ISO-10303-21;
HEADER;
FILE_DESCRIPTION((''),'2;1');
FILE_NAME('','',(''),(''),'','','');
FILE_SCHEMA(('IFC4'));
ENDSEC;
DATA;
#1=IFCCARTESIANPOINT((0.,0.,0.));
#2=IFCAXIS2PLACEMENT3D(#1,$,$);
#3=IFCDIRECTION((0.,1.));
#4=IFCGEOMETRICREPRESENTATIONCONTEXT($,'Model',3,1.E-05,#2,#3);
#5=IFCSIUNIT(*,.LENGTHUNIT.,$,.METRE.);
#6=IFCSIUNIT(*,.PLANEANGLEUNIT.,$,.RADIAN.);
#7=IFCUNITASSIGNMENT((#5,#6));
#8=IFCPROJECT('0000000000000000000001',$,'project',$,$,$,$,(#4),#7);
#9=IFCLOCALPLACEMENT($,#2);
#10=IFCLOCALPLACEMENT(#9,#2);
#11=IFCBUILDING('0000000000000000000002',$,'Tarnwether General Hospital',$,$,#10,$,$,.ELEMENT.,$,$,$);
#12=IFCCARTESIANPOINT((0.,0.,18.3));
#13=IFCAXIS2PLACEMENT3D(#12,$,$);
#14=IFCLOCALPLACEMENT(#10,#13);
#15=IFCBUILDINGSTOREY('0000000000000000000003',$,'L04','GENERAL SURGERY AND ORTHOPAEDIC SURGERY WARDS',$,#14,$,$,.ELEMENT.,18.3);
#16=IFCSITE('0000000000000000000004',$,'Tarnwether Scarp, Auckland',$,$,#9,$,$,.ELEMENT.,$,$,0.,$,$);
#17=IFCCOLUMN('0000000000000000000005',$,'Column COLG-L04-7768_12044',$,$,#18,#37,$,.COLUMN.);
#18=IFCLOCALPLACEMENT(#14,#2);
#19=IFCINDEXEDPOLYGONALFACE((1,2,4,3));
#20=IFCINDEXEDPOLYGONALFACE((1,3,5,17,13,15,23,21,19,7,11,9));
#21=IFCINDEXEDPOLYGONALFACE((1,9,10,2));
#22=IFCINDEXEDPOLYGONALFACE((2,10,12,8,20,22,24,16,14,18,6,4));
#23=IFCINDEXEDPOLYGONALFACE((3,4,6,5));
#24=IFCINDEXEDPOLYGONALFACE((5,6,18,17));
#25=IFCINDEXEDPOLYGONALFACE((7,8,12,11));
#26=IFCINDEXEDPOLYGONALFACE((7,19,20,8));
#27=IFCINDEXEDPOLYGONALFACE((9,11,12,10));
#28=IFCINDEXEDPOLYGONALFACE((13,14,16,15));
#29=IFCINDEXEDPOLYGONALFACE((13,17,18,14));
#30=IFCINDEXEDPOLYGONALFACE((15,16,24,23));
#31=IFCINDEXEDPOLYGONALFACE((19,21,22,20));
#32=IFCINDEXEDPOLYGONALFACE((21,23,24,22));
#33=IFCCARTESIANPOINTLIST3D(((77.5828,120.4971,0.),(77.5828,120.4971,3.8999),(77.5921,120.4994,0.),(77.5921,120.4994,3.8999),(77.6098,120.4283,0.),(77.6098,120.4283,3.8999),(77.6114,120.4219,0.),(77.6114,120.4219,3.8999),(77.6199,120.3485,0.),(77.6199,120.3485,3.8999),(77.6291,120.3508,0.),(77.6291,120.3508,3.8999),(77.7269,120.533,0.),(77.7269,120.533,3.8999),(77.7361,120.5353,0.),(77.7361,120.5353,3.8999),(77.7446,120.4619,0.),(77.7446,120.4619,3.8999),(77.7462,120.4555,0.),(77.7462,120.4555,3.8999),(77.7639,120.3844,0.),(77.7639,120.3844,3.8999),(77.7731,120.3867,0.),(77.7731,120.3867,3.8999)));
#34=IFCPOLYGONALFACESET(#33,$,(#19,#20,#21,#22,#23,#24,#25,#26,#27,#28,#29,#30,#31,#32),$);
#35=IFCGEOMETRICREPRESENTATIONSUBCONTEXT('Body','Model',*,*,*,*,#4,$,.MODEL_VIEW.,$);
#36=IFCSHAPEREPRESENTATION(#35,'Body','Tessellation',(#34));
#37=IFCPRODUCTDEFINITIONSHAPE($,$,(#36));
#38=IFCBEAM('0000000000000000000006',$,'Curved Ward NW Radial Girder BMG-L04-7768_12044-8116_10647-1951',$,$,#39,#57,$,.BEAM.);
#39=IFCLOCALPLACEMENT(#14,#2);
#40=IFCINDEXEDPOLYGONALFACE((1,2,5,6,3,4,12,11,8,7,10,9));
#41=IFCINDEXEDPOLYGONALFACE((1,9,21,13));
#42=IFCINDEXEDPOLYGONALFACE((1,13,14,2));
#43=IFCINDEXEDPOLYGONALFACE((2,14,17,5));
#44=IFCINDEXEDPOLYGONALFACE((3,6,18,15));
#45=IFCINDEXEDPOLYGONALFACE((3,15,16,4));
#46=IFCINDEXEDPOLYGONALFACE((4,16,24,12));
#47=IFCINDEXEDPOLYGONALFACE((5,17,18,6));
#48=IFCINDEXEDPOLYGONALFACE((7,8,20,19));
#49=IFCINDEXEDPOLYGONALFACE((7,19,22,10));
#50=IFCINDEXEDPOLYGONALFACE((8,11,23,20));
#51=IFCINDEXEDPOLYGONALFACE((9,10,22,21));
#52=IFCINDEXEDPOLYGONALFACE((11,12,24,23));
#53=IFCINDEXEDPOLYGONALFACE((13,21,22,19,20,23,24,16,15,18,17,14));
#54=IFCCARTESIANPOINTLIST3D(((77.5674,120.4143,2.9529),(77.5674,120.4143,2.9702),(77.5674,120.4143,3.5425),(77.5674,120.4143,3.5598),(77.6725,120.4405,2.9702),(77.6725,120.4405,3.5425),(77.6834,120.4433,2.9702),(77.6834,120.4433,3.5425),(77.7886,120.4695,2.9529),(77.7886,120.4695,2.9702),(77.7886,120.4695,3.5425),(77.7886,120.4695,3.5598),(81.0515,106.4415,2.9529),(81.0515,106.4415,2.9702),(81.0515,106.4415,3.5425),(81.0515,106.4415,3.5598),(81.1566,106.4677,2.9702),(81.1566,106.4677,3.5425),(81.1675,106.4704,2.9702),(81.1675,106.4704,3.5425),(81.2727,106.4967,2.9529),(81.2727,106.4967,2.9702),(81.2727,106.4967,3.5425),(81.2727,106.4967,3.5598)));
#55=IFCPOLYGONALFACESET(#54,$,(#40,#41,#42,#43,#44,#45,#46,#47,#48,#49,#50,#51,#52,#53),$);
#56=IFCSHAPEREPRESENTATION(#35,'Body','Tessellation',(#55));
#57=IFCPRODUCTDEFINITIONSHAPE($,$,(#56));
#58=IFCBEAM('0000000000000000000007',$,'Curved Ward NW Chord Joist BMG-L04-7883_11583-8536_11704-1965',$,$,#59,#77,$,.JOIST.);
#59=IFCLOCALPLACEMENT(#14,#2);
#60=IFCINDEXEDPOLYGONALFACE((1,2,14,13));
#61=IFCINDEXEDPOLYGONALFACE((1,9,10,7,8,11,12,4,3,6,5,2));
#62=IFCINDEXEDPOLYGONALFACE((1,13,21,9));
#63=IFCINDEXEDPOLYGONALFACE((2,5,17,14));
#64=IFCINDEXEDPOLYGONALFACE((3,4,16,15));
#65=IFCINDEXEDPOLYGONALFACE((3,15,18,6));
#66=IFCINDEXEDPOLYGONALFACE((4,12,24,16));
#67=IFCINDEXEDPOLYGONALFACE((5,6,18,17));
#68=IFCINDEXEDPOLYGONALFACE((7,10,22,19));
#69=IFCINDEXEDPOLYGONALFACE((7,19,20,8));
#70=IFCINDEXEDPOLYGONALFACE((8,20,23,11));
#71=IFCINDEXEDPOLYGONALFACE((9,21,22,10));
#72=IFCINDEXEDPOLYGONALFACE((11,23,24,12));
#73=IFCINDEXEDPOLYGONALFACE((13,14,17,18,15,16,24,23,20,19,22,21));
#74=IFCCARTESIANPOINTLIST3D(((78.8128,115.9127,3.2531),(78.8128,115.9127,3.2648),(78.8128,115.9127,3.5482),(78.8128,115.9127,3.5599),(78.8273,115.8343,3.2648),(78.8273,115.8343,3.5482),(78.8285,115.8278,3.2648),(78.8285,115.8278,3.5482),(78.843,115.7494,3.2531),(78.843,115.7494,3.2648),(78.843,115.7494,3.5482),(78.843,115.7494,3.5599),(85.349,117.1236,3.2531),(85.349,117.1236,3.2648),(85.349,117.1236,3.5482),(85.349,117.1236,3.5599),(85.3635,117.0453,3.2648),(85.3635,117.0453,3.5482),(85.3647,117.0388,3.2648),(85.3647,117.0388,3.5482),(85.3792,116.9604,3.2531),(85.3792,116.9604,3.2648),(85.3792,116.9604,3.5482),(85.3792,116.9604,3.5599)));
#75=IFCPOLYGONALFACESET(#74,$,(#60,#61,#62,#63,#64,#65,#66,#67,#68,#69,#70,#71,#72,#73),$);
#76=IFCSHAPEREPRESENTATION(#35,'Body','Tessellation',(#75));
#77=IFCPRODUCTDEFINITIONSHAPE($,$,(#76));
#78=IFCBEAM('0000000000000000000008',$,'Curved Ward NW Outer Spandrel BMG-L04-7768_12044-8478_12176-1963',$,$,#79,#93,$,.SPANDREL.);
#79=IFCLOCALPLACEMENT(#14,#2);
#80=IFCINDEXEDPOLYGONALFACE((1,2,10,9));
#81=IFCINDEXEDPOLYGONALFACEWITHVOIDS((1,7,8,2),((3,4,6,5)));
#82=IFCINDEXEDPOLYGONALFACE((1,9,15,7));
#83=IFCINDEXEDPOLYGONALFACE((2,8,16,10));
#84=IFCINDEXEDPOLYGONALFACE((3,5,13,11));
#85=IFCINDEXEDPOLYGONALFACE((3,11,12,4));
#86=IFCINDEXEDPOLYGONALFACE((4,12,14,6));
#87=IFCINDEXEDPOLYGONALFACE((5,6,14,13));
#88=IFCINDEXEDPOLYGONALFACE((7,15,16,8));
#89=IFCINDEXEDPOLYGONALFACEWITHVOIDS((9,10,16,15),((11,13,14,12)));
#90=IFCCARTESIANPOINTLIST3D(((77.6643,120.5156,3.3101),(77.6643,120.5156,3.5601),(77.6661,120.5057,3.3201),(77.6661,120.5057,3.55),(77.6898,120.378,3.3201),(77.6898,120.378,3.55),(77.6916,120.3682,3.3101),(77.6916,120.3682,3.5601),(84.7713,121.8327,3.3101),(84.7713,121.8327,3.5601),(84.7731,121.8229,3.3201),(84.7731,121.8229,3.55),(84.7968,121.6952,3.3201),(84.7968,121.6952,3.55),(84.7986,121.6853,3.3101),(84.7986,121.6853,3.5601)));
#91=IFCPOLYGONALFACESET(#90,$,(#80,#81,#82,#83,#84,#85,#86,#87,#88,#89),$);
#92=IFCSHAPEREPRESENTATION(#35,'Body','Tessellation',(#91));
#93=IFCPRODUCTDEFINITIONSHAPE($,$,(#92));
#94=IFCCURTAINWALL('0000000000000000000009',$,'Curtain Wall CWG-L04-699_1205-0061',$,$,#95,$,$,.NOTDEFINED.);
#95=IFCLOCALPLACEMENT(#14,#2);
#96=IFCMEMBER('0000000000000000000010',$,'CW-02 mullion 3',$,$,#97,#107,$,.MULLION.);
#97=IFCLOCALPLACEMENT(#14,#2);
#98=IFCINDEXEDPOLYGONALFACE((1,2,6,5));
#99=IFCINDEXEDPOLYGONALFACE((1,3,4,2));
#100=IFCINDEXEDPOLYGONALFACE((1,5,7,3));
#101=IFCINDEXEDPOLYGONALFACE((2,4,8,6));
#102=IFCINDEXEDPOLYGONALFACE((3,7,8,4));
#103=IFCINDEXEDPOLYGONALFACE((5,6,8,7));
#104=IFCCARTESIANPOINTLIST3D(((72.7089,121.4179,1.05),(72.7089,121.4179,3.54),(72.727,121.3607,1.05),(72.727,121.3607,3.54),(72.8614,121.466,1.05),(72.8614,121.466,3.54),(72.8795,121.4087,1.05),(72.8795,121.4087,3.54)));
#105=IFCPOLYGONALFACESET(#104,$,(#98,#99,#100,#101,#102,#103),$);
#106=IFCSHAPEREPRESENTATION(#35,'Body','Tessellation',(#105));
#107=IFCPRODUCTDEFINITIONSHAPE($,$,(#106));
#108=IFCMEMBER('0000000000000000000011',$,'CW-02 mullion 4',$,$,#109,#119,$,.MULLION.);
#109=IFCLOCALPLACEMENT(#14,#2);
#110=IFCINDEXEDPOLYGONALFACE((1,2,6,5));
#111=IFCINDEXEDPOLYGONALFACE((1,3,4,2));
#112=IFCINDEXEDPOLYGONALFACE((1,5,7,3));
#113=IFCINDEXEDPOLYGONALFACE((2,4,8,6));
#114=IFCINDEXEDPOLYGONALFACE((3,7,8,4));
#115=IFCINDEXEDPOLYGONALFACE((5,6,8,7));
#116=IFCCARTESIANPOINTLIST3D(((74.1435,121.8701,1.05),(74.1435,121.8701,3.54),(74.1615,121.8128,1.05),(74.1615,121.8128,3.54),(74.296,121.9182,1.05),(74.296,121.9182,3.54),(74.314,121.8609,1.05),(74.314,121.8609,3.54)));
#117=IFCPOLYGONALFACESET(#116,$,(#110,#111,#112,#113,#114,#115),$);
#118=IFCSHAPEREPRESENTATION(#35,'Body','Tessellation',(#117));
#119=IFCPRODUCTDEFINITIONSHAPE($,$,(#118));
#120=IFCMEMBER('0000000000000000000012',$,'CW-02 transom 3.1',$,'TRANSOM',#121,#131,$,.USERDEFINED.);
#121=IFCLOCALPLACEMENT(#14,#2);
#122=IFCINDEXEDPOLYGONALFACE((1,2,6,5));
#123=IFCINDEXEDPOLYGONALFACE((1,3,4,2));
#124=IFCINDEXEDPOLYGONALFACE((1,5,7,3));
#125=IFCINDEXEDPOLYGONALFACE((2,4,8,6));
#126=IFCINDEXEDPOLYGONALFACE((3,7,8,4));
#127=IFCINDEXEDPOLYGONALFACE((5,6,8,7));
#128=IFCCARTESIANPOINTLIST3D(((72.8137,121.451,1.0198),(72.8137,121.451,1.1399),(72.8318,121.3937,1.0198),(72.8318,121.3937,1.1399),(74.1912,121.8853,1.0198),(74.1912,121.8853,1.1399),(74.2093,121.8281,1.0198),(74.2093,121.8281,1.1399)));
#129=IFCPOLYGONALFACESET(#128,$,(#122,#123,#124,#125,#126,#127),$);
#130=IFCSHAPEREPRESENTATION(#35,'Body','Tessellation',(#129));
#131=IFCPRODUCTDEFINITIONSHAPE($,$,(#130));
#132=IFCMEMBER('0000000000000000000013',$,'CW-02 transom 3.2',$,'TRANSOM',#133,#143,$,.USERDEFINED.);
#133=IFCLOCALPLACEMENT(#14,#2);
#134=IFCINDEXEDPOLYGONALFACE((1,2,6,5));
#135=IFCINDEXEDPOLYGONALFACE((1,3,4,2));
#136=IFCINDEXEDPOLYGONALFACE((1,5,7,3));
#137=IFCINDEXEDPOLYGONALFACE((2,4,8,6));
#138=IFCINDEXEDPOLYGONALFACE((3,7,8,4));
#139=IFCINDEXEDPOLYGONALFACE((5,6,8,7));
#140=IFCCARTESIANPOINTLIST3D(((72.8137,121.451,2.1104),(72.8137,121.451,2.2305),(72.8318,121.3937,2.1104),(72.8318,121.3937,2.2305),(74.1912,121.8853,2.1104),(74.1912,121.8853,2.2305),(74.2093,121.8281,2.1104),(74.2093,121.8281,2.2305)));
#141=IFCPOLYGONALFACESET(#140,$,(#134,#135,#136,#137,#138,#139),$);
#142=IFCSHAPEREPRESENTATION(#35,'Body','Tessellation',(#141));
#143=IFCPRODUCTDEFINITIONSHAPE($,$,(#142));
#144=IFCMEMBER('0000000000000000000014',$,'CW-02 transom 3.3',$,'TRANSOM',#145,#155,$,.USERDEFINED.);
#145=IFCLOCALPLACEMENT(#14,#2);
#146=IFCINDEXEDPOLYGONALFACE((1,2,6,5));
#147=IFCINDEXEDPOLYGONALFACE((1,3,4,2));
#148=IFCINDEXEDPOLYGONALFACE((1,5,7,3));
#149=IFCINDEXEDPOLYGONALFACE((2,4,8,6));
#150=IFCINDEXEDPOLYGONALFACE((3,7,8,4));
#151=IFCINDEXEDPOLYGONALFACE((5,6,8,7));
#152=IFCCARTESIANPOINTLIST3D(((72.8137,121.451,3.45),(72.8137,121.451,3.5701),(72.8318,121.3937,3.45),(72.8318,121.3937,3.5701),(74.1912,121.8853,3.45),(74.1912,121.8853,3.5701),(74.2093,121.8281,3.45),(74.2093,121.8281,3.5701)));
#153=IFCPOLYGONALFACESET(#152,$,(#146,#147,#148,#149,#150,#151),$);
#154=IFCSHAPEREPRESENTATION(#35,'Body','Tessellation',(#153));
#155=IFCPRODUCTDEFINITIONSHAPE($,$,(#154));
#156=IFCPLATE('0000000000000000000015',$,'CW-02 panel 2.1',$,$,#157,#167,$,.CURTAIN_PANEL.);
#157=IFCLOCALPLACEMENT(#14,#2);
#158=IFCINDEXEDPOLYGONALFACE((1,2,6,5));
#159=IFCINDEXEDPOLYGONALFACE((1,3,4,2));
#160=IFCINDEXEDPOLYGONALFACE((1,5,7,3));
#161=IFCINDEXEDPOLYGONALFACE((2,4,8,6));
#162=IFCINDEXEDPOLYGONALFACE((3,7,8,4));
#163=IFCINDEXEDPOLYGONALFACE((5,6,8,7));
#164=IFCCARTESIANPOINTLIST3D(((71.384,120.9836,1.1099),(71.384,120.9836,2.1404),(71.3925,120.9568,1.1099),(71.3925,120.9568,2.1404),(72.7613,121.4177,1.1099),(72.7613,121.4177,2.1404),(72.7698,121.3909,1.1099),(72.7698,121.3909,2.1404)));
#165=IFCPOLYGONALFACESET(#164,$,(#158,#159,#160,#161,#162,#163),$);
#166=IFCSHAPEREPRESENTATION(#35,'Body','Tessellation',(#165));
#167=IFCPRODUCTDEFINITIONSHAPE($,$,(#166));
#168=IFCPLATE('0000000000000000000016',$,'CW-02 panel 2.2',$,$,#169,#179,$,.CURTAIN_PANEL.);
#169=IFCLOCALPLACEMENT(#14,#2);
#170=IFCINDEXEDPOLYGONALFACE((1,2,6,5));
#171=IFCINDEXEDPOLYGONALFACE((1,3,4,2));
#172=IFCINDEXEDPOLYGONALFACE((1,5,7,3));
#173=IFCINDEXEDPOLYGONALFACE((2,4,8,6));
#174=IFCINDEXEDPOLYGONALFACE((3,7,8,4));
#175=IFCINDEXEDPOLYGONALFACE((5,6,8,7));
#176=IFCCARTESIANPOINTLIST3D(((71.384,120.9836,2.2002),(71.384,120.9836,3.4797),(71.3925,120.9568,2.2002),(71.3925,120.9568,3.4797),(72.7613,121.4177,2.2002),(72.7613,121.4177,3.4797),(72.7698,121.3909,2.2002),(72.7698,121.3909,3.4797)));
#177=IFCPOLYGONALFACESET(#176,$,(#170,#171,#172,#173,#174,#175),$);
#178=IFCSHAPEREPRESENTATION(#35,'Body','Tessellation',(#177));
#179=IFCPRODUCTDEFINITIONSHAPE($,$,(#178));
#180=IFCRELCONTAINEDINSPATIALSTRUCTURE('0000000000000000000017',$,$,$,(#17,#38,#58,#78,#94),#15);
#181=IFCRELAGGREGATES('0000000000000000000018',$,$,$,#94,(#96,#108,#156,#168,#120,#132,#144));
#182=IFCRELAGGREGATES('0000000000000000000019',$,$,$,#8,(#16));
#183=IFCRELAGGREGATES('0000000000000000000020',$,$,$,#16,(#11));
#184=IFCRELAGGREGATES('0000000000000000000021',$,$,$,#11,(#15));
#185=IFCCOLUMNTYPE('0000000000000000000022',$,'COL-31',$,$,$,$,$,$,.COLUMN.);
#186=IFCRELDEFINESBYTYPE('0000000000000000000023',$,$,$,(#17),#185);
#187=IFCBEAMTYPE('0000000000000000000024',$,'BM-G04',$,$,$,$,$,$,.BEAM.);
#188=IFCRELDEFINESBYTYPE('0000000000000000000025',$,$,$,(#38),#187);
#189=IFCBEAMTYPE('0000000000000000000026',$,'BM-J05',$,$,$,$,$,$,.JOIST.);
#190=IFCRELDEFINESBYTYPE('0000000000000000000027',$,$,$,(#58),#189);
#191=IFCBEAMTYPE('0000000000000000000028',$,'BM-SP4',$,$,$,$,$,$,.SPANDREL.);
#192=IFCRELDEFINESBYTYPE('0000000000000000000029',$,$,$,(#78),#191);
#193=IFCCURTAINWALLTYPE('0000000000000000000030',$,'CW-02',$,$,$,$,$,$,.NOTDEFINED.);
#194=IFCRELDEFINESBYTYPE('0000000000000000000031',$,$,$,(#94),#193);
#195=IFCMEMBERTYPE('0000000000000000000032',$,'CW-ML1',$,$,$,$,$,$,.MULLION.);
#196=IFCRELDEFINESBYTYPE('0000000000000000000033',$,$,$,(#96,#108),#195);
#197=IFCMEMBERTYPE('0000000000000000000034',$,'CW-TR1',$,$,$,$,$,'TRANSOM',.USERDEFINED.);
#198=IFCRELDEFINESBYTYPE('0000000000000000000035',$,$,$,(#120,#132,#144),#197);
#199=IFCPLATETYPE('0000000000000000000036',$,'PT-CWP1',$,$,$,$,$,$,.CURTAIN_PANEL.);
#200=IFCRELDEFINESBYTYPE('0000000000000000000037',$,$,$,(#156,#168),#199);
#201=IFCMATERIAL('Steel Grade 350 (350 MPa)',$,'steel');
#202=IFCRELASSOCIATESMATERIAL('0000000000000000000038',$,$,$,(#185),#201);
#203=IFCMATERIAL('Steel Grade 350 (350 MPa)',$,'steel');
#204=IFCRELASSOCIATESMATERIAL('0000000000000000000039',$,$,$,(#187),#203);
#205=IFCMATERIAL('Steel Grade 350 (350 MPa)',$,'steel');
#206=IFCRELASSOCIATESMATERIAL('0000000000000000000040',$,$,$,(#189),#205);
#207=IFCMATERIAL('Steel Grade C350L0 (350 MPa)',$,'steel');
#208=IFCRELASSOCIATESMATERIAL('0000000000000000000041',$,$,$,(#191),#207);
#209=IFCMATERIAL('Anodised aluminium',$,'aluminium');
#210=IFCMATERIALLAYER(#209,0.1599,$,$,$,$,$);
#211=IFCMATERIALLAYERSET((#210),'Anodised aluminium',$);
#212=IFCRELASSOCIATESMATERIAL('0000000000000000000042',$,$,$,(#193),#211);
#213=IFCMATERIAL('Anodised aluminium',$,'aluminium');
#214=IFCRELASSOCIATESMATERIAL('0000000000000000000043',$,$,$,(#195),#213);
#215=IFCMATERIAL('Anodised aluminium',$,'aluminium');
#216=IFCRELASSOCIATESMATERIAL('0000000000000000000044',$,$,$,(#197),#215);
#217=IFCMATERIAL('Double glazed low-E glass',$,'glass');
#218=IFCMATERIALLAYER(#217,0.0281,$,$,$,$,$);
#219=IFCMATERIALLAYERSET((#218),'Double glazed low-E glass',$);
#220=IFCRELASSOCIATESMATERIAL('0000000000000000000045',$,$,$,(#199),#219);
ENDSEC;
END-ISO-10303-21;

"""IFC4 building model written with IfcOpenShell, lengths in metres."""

from ifc_helpers import new_model, si_unit, direction, frame, origin, origin_2d, place, context, subcontext, project, spatial, rectangle, hollow_rectangle, i_section, extrude, material, layer, layer_set, material_profile, profile_set, type_object, element, aggregate, save


model = new_model("IFC4")

# Units and contexts
model_context = context("Model", 3, precision=1e-05, world=origin(), true_north=direction((0.0, 1.0)))
body_context = subcontext(model_context, "Body", "Model", "MODEL_VIEW")
ifc_project = project(units=[si_unit("LENGTHUNIT", "METRE"), si_unit("PLANEANGLEUNIT", "RADIAN")], contexts=[model_context])

# Site, building, storey
site_placement = place(None, origin())
site = spatial("IfcSite", under=ifc_project, at=site_placement, Name="Tarnwether Scarp, Auckland", CompositionType="ELEMENT", RefElevation=0.0)
building_placement = place(site_placement, origin())
building = spatial("IfcBuilding", under=site, at=building_placement, Name="Tarnwether General Hospital", CompositionType="ELEMENT")
storey_placement = place(building_placement, frame((0.0, 0.0, 18.3)))
storey = spatial("IfcBuildingStorey", under=building, at=storey_placement, Name="L04", Description="GENERAL SURGERY AND ORTHOPAEDIC SURGERY WARDS", CompositionType="ELEMENT", Elevation=18.3)

# Column
ifc_material_1 = material(Name="Steel Grade 350 (350 MPa)", Category="steel")
ifc_material_profile_1 = material_profile(ifc_material_1, i_section(OverallWidth=0.1531, OverallDepth=0.158, WebThickness=0.0066, FlangeThickness=0.0095, at=origin_2d()), Name="150UC30.0")
ifc_profile_set_1 = profile_set([ifc_material_profile_1], Name="Steel Grade 350 (350 MPa)")
column_type = type_object("IfcColumnType", Name="COL-31", PredefinedType="COLUMN", material=ifc_profile_set_1)
column_placement = place(storey_placement, frame((77.678, 120.4419, 0.0), z_axis=(0.0, 0.0, 1.0), x_axis=(-0.241922, 0.970296, 0.0)))
element("IfcColumn", 1, at=column_placement, inside=storey, type_object=column_type, Name="Column COLG-L04-7768_12044", PredefinedType="COLUMN", context=body_context, shape_type="SweptSolid", body=[
    extrude(i_section(OverallWidth=0.1531, OverallDepth=0.158, WebThickness=0.0066, FlangeThickness=0.0095, at=origin_2d()), origin(), (0.0, 0.0, 1.0), 3.8999),
])

# Beams
ifc_material_2 = material(Name="Steel Grade 350 (350 MPa)", Category="steel")
ifc_material_profile_2 = material_profile(ifc_material_2, i_section(OverallWidth=0.228, OverallDepth=0.6069, WebThickness=0.0112, FlangeThickness=0.0173, at=origin_2d()), Name="610UB113")
ifc_profile_set_2 = profile_set([ifc_material_profile_2], Name="Steel Grade 350 (350 MPa)")
beam_type_1 = type_object("IfcBeamType", Name="BM-G04", PredefinedType="BEAM", material=ifc_profile_set_2)
beam_1_placement = place(storey_placement, frame((77.678, 120.4419, 3.2563), z_axis=(0.241941, -0.970291, 0.0), x_axis=(0.970291, 0.241941, 0.0)))
element("IfcBeam", 2, at=beam_1_placement, inside=storey, type_object=beam_type_1, Name="Curved Ward NW Radial Girder BMG-L04-7768_12044-8116_10647-1951", PredefinedType="BEAM", context=body_context, shape_type="SweptSolid", body=[
    extrude(i_section(OverallWidth=0.228, OverallDepth=0.6069, WebThickness=0.0112, FlangeThickness=0.0173, at=origin_2d()), origin(), (0.0, 0.0, 1.0), 14.4006),
])
ifc_material_3 = material(Name="Steel Grade 350 (350 MPa)", Category="steel")
ifc_material_profile_3 = material_profile(ifc_material_3, i_section(OverallWidth=0.166, OverallDepth=0.3069, WebThickness=0.0066, FlangeThickness=0.0117, at=origin_2d()), Name="310UB46.2")
ifc_profile_set_3 = profile_set([ifc_material_profile_3], Name="Steel Grade 350 (350 MPa)")
beam_type_2 = type_object("IfcBeamType", Name="BM-J05", PredefinedType="JOIST", material=ifc_profile_set_3)
beam_2_placement = place(storey_placement, frame((78.8279, 115.8311, 3.4065), z_axis=(0.983267, 0.182168, 0.0), x_axis=(-0.182168, 0.983267, 0.0)))
element("IfcBeam", 3, at=beam_2_placement, inside=storey, type_object=beam_type_2, Name="Curved Ward NW Chord Joist BMG-L04-7883_11583-8536_11704-1965", PredefinedType="JOIST", context=body_context, shape_type="SweptSolid", body=[
    extrude(i_section(OverallWidth=0.166, OverallDepth=0.3069, WebThickness=0.0066, FlangeThickness=0.0117, at=origin_2d()), origin(), (0.0, 0.0, 1.0), 6.6475),
])
ifc_material_4 = material(Name="Steel Grade C350L0 (350 MPa)", Category="steel")
ifc_material_profile_4 = material_profile(ifc_material_4, hollow_rectangle(XDim=0.1499, YDim=0.25, WallThickness=0.01, at=origin_2d()), Name="RHS250x150x10")
ifc_profile_set_4 = profile_set([ifc_material_profile_4], Name="Steel Grade C350L0 (350 MPa)")
beam_type_3 = type_object("IfcBeamType", Name="BM-SP4", PredefinedType="SPANDREL", material=ifc_profile_set_4)
beam_3_placement = place(storey_placement, frame((77.678, 120.4419, 3.4351), z_axis=(0.983256, 0.182228, 0.0), x_axis=(-0.182228, 0.983256, 0.0)))
element("IfcBeam", 4, at=beam_3_placement, inside=storey, type_object=beam_type_3, Name="Curved Ward NW Outer Spandrel BMG-L04-7768_12044-8478_12176-1963", PredefinedType="SPANDREL", context=body_context, shape_type="SweptSolid", body=[
    extrude(hollow_rectangle(XDim=0.1499, YDim=0.25, WallThickness=0.01, at=origin_2d()), origin(), (0.0, 0.0, 1.0), 7.228),
])

# Curtain wall, members, plates
ifc_material_5 = material(Name="Anodised aluminium", Category="aluminium")
ifc_layer_1 = layer(ifc_material_5, 0.1599)
ifc_layer_set_1 = layer_set([ifc_layer_1], Name="Anodised aluminium")
curtain_wall_type = type_object("IfcCurtainWallType", Name="CW-02", PredefinedType="NOTDEFINED", material=ifc_layer_set_1)
curtain_wall_placement = place(storey_placement, origin())
curtain_wall = element("IfcCurtainWall", 5, at=curtain_wall_placement, inside=storey, type_object=curtain_wall_type, Name="Curtain Wall CWG-L04-699_1205-0061", PredefinedType="NOTDEFINED")
ifc_material_6 = material(Name="Anodised aluminium", Category="aluminium")
ifc_material_profile_5 = material_profile(ifc_material_6, rectangle(XDim=0.0601, YDim=0.1599, at=origin_2d()), Name="ALU-MUL-60x160")
ifc_profile_set_5 = profile_set([ifc_material_profile_5], Name="Anodised aluminium")
member_type_1 = type_object("IfcMemberType", Name="CW-ML1", PredefinedType="MULLION", material=ifc_profile_set_5)
member_1_placement = place(storey_placement, frame((72.7942, 121.4133, 1.05), z_axis=(0.0, 0.0, 1.0), x_axis=(-0.300629, 0.953741, 0.0)))
member_1 = element("IfcMember", 6, at=member_1_placement, type_object=member_type_1, Name="CW-02 mullion 3", PredefinedType="MULLION", context=body_context, shape_type="SweptSolid", body=[
    extrude(rectangle(XDim=0.0601, YDim=0.1599, at=origin_2d()), origin(), (0.0, 0.0, 1.0), 2.49),
])
member_2_placement = place(storey_placement, frame((74.2288, 121.8655, 1.05), z_axis=(0.0, 0.0, 1.0), x_axis=(-0.300629, 0.953741, 0.0)))
member_2 = element("IfcMember", 7, at=member_2_placement, type_object=member_type_1, Name="CW-02 mullion 4", PredefinedType="MULLION", context=body_context, shape_type="SweptSolid", body=[
    extrude(rectangle(XDim=0.0601, YDim=0.1599, at=origin_2d()), origin(), (0.0, 0.0, 1.0), 2.49),
])
ifc_material_7 = material(Name="Anodised aluminium", Category="aluminium")
ifc_material_profile_6 = material_profile(ifc_material_7, rectangle(XDim=0.0601, YDim=0.1201, at=origin_2d()), Name="ALU-TRN-60x120")
ifc_profile_set_6 = profile_set([ifc_material_profile_6], Name="Anodised aluminium")
member_type_2 = type_object("IfcMemberType", Name="CW-TR1", ElementType="TRANSOM", PredefinedType="USERDEFINED", material=ifc_profile_set_6)
member_3_placement = place(storey_placement, frame((72.8228, 121.4224, 1.0798), z_axis=(0.953713, 0.300719, 0.0), x_axis=(-0.300719, 0.953713, 0.0)))
member_3 = element("IfcMember", 8, at=member_3_placement, type_object=member_type_2, Name="CW-02 transom 3.1", ObjectType="TRANSOM", PredefinedType="USERDEFINED", context=body_context, shape_type="SweptSolid", body=[
    extrude(rectangle(XDim=0.0601, YDim=0.1201, at=origin_2d()), origin(), (0.0, 0.0, 1.0), 1.4443),
])
member_4_placement = place(storey_placement, frame((72.8228, 121.4224, 2.1704), z_axis=(0.953713, 0.300719, 0.0), x_axis=(-0.300719, 0.953713, 0.0)))
member_4 = element("IfcMember", 9, at=member_4_placement, type_object=member_type_2, Name="CW-02 transom 3.2", ObjectType="TRANSOM", PredefinedType="USERDEFINED", context=body_context, shape_type="SweptSolid", body=[
    extrude(rectangle(XDim=0.0601, YDim=0.1201, at=origin_2d()), origin(), (0.0, 0.0, 1.0), 1.4443),
])
member_5_placement = place(storey_placement, frame((72.8228, 121.4224, 3.51), z_axis=(0.953713, 0.300719, 0.0), x_axis=(-0.300719, 0.953713, 0.0)))
member_5 = element("IfcMember", 10, at=member_5_placement, type_object=member_type_2, Name="CW-02 transom 3.3", ObjectType="TRANSOM", PredefinedType="USERDEFINED", context=body_context, shape_type="SweptSolid", body=[
    extrude(rectangle(XDim=0.0601, YDim=0.1201, at=origin_2d()), origin(), (0.0, 0.0, 1.0), 1.4443),
])
ifc_material_8 = material(Name="Double glazed low-E glass", Category="glass")
ifc_layer_2 = layer(ifc_material_8, 0.0281)
ifc_layer_set_2 = layer_set([ifc_layer_2], Name="Double glazed low-E glass")
plate_type_1 = type_object("IfcPlateType", Name="PT-CWP1", PredefinedType="CURTAIN_PANEL", material=ifc_layer_set_2)
plate_1_placement = place(storey_placement, frame((72.0769, 121.1873, 1.1099), z_axis=(0.0, 0.0, 1.0), x_axis=(0.953741, 0.300629, 0.0)))
plate_1 = element("IfcPlate", 11, at=plate_1_placement, type_object=plate_type_1, Name="CW-02 panel 2.1", PredefinedType="CURTAIN_PANEL", context=body_context, shape_type="SweptSolid", body=[
    extrude(rectangle(XDim=1.4441, YDim=0.0281, at=origin_2d()), origin(), (0.0, 0.0, 1.0), 1.0305),
])
plate_2_placement = place(storey_placement, frame((72.0769, 121.1873, 2.2002), z_axis=(0.0, 0.0, 1.0), x_axis=(0.953741, 0.300629, 0.0)))
plate_2 = element("IfcPlate", 12, at=plate_2_placement, type_object=plate_type_1, Name="CW-02 panel 2.2", PredefinedType="CURTAIN_PANEL", context=body_context, shape_type="SweptSolid", body=[
    extrude(rectangle(XDim=1.4441, YDim=0.0281, at=origin_2d()), origin(), (0.0, 0.0, 1.0), 1.2795),
])
aggregate(curtain_wall, [member_1, member_2, plate_1, plate_2, member_3, member_4, member_5])

save(model, "model.ifc")
